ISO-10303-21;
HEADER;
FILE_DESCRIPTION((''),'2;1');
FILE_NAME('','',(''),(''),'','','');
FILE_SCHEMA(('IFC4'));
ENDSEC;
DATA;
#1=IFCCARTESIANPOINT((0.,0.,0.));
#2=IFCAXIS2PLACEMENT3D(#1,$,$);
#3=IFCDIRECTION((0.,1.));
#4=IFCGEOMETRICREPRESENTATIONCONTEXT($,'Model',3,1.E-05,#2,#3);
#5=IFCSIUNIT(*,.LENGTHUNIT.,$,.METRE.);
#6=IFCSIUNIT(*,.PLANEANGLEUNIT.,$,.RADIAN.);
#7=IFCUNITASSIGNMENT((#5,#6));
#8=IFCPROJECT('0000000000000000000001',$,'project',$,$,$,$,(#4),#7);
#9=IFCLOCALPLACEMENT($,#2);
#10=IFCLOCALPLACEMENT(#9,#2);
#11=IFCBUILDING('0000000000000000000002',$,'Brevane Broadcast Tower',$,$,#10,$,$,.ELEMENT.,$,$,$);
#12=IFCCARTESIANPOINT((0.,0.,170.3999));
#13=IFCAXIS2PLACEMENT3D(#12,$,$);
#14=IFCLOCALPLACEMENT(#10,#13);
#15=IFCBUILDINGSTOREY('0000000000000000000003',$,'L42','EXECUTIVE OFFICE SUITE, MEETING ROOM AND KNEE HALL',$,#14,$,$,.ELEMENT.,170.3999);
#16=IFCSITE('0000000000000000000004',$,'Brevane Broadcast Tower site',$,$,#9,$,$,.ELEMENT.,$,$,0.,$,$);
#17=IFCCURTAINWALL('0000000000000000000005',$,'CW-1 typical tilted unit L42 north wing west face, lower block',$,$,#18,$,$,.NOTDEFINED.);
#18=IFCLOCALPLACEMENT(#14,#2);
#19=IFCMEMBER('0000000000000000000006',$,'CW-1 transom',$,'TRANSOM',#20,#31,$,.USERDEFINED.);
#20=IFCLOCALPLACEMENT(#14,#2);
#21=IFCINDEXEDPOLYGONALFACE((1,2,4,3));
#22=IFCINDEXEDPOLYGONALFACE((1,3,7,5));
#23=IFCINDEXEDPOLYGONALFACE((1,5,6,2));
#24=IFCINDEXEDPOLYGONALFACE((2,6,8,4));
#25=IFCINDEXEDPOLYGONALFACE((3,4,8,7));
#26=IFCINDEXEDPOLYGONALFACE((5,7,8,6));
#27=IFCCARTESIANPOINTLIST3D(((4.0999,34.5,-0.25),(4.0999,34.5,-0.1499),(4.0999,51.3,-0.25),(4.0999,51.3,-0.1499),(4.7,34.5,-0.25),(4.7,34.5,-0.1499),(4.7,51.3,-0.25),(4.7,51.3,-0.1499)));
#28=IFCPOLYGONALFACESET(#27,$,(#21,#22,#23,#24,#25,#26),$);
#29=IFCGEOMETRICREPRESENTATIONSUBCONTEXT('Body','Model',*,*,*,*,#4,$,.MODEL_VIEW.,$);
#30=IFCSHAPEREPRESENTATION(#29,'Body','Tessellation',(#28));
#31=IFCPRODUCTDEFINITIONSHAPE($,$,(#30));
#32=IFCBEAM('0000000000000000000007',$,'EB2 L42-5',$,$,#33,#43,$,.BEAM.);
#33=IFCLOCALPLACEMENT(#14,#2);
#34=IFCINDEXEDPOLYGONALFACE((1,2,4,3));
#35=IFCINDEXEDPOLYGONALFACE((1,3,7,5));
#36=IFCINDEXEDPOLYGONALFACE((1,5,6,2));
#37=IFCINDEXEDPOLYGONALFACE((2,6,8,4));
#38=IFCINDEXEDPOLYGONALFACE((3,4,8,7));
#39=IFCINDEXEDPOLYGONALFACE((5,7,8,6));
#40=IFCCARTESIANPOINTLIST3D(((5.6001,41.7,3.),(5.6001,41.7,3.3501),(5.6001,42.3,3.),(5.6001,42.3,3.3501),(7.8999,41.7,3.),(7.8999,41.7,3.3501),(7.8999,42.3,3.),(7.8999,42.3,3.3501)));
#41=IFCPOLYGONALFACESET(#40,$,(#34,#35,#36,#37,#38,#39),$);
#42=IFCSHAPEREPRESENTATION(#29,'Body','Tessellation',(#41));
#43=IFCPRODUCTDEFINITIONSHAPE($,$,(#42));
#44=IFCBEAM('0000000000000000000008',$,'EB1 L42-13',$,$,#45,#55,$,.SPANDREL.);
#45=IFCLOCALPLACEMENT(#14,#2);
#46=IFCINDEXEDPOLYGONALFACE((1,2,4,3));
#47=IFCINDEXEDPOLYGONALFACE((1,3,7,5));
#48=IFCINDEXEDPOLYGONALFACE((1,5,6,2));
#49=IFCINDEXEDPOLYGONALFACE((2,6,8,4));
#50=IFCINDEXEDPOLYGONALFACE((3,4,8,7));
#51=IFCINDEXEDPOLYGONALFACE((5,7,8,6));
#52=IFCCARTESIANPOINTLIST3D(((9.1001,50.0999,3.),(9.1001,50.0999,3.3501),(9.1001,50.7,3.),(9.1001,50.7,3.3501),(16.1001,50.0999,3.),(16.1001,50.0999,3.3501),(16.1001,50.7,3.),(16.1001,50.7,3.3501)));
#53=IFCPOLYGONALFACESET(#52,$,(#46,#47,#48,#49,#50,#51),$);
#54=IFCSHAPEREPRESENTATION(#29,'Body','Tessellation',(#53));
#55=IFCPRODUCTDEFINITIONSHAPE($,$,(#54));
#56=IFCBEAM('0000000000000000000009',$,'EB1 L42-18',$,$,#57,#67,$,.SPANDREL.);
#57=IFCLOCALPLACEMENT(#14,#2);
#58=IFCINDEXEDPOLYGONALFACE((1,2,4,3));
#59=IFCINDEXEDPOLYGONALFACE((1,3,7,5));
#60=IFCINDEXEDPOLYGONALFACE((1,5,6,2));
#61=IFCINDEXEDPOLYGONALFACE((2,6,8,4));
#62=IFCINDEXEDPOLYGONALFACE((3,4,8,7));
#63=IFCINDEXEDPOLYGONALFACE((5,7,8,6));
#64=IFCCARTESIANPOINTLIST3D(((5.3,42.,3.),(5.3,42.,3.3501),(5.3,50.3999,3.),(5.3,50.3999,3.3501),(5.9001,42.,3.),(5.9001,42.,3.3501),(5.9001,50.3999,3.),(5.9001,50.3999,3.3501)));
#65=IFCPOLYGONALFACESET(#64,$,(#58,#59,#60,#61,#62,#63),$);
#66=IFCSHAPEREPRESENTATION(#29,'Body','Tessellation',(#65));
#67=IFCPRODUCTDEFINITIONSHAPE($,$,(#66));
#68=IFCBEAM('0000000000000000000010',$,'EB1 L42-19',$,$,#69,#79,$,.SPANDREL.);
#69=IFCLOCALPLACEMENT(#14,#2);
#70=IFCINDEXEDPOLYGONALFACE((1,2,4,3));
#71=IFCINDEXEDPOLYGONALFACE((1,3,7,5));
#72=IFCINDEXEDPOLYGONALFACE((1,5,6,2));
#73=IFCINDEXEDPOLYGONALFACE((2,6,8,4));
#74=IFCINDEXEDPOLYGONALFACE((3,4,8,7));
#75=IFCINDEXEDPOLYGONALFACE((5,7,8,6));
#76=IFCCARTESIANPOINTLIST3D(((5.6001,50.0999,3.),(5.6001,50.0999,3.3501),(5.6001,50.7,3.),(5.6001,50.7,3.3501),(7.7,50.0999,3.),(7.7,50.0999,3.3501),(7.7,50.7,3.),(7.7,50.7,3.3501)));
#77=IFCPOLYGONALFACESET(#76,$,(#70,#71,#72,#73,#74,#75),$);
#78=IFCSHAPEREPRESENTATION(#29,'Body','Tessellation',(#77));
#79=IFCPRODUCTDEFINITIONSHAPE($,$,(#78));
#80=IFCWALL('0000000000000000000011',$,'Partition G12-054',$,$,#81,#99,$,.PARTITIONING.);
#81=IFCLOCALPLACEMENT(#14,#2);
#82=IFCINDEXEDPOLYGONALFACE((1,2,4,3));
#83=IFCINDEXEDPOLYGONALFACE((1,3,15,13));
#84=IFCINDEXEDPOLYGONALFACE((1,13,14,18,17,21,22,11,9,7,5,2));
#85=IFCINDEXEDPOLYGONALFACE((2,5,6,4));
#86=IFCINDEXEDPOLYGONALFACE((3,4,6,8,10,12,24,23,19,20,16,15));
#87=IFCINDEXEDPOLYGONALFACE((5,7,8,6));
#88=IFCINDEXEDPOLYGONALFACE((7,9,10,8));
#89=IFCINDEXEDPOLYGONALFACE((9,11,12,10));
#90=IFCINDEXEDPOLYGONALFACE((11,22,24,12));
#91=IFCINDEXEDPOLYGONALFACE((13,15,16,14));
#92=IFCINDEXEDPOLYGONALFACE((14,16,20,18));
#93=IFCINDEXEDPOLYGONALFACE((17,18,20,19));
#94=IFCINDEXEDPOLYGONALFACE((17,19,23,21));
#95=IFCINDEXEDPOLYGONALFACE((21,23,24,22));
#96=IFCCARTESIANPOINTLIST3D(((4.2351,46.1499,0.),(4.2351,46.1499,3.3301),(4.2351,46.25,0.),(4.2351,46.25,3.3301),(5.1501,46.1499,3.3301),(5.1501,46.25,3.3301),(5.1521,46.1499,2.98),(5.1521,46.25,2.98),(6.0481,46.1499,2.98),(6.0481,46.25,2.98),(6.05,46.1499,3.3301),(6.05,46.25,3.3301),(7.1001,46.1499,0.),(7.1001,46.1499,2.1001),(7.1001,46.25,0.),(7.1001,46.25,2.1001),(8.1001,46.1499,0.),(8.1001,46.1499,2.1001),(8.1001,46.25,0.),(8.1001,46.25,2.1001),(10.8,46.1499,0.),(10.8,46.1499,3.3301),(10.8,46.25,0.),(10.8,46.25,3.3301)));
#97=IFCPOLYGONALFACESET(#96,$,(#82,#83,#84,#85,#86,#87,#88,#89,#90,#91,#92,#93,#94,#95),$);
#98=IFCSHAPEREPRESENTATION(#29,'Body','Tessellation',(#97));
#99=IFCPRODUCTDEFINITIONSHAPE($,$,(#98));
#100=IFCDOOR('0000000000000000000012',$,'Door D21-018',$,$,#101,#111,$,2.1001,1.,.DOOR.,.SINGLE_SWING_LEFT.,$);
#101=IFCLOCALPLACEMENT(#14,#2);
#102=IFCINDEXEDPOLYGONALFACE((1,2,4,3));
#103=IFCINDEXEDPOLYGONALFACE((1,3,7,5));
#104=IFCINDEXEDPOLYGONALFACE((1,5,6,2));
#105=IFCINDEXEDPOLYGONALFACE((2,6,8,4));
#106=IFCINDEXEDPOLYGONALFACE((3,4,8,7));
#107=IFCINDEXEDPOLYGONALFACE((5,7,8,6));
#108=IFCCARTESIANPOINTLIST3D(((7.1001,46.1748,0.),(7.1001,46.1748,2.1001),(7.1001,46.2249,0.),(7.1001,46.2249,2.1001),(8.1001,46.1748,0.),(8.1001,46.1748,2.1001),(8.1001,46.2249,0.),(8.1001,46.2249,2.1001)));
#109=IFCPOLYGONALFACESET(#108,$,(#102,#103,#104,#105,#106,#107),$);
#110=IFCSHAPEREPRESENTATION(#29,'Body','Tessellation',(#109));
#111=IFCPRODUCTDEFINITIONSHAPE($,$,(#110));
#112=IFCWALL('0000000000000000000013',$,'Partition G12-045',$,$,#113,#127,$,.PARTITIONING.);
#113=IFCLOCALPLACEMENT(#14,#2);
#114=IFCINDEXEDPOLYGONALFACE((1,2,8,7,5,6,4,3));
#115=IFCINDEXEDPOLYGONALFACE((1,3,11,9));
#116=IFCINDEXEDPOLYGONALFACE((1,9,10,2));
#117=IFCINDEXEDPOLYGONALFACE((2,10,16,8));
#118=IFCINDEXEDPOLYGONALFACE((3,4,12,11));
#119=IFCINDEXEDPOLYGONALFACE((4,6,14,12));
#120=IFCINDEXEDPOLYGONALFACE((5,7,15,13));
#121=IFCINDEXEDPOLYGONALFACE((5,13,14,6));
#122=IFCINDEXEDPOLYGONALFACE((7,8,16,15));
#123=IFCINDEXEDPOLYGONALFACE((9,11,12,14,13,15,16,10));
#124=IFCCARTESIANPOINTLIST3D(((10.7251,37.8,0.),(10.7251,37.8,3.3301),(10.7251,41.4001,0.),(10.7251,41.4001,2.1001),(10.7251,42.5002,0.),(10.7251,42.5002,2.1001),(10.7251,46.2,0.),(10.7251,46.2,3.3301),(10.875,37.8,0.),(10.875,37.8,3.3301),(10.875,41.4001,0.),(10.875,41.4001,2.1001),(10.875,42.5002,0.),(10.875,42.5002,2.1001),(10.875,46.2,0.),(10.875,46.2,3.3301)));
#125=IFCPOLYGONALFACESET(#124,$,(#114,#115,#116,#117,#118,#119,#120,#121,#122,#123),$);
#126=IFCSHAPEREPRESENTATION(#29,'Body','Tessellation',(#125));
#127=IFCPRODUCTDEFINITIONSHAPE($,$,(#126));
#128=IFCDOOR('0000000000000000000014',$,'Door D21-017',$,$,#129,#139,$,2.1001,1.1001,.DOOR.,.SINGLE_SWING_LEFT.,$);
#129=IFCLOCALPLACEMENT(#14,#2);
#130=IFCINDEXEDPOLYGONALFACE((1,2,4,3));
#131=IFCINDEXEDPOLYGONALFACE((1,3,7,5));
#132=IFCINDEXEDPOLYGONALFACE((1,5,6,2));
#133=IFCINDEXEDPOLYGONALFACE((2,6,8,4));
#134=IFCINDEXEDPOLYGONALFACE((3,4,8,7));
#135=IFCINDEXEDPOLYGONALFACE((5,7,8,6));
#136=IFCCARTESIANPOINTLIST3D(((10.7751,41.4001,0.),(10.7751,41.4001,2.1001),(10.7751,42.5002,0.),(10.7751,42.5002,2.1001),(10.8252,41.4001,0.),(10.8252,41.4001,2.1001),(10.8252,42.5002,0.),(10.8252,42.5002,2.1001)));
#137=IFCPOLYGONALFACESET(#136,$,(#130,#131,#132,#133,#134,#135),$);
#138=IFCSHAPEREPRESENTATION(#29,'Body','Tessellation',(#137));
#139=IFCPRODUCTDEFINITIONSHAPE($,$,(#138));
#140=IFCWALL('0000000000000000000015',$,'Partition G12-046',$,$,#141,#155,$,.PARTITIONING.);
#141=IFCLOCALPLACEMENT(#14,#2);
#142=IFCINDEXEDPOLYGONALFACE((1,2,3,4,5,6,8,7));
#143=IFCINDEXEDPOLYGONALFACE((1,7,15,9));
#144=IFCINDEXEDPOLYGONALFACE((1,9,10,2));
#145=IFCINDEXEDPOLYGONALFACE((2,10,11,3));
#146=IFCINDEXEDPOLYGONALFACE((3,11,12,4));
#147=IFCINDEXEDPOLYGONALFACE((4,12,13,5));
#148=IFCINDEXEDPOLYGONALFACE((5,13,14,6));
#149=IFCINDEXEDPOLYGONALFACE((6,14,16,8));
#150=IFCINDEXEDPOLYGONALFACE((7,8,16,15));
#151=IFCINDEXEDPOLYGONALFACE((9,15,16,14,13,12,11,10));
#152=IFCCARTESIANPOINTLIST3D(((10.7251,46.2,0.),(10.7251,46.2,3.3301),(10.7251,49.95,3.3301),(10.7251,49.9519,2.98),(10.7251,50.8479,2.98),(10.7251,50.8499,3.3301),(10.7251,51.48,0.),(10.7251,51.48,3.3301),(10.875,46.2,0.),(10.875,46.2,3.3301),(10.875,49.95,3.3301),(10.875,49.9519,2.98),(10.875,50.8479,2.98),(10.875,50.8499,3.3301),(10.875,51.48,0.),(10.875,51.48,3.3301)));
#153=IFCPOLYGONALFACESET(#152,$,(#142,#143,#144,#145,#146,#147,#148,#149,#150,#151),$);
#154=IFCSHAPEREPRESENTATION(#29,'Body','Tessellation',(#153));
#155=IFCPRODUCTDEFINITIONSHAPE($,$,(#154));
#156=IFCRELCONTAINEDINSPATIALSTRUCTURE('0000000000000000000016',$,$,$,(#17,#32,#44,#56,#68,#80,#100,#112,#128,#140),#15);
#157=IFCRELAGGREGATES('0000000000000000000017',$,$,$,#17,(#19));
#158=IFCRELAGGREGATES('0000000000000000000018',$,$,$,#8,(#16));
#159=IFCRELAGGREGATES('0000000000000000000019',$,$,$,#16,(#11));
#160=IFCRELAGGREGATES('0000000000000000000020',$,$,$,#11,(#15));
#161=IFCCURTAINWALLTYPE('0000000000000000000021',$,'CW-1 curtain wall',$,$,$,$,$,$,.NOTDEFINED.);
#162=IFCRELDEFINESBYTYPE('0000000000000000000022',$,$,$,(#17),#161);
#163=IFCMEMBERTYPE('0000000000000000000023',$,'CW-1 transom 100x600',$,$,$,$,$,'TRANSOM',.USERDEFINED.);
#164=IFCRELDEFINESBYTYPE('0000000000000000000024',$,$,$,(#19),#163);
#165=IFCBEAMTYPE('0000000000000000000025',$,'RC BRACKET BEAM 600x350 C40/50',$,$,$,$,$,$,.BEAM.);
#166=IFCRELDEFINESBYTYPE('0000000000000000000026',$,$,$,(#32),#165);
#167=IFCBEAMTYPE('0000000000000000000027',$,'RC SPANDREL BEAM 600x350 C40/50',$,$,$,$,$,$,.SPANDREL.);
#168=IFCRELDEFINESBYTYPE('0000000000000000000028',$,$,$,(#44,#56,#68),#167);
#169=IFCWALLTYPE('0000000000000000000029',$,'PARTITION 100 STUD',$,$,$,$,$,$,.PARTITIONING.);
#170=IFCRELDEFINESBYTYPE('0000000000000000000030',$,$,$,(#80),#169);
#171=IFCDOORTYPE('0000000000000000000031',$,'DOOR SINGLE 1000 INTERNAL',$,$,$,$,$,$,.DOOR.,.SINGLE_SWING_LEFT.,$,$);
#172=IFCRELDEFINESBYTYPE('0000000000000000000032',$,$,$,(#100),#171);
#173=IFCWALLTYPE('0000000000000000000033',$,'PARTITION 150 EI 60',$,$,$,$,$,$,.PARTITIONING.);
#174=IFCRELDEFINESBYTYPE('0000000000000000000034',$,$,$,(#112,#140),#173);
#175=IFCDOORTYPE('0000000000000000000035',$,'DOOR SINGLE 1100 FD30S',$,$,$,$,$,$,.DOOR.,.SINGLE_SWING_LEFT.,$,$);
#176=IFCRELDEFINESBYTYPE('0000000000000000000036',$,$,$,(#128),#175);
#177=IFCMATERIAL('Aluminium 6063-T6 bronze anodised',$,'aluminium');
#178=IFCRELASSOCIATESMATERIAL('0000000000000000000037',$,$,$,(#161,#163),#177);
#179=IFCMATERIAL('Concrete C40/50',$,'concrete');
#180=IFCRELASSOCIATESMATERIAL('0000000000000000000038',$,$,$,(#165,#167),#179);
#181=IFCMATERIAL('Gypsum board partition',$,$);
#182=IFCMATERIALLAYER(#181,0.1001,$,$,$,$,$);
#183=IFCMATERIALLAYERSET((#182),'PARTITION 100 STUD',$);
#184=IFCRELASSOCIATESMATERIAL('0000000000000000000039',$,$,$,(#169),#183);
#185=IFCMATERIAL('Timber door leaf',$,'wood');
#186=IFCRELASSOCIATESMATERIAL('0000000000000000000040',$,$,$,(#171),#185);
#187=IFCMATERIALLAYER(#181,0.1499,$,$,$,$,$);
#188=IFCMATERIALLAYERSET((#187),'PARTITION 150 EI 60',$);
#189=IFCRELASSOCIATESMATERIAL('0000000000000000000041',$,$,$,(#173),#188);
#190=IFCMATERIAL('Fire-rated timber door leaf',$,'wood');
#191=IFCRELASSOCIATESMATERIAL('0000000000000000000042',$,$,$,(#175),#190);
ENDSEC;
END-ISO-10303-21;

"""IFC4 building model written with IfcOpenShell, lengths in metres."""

from ifc_helpers import new_model, si_unit, direction, frame, frame_2d, origin, origin_2d, place, context, subcontext, project, spatial, polyline, rectangle, outline, extrude, material, layer, layer_set, material_profile, profile_set, type_object, element, fill, aggregate, save


model = new_model("IFC4")

# Units and contexts
model_context = context("Model", 3, precision=1e-05, world=origin(), true_north=direction((0.0, 1.0)))
body_context = subcontext(model_context, "Body", "Model", "MODEL_VIEW")
ifc_project = project(units=[si_unit("LENGTHUNIT", "METRE"), si_unit("PLANEANGLEUNIT", "RADIAN")], contexts=[model_context])

# Site, building, storey
site_placement = place(None, origin())
site = spatial("IfcSite", under=ifc_project, at=site_placement, Name="Brevane Broadcast Tower site", CompositionType="ELEMENT", RefElevation=0.0)
building_placement = place(site_placement, origin())
building = spatial("IfcBuilding", under=site, at=building_placement, Name="Brevane Broadcast Tower", CompositionType="ELEMENT")
storey_placement = place(building_placement, frame((0.0, 0.0, 170.3999)))
storey = spatial("IfcBuildingStorey", under=building, at=storey_placement, Name="L42", Description="EXECUTIVE OFFICE SUITE, MEETING ROOM AND KNEE HALL", CompositionType="ELEMENT", Elevation=170.3999)

# Curtain wall
ifc_material_1 = material(Name="Aluminium 6063-T6 bronze anodised", Category="aluminium")
curtain_wall_type = type_object("IfcCurtainWallType", Name="CW-1 curtain wall", PredefinedType="NOTDEFINED", material=ifc_material_1)
curtain_wall_1_placement = place(storey_placement, origin())
curtain_wall_1 = element("IfcCurtainWall", 1, at=curtain_wall_1_placement, inside=storey, type_object=curtain_wall_type, Name="CW-1 typical tilted unit L42 north wing west face, lower block", PredefinedType="NOTDEFINED")

# Member
ifc_material_profile_1 = material_profile(ifc_material_1, rectangle(XDim=0.6001, YDim=0.1001, at=origin_2d()), Name="RECT 100x600")
ifc_profile_set_1 = profile_set([ifc_material_profile_1], Name="Aluminium 6063-T6 bronze anodised")
member_type_1 = type_object("IfcMemberType", Name="CW-1 transom 100x600", ElementType="TRANSOM", PredefinedType="USERDEFINED", material=ifc_profile_set_1)
member_1_placement = place(storey_placement, frame((4.3999, 51.3, -0.2), z_axis=(0.0, -1.0, 0.0), x_axis=(1.0, 0.0, 0.0)))
member_1 = element("IfcMember", 2, at=member_1_placement, type_object=member_type_1, Name="CW-1 transom", ObjectType="TRANSOM", PredefinedType="USERDEFINED", context=body_context, shape_type="SweptSolid", body=[
    extrude(rectangle(XDim=0.6001, YDim=0.1001, at=origin_2d()), origin(), (0.0, 0.0, 1.0), 16.8),
])
aggregate(curtain_wall_1, [member_1])

# Beams
ifc_material_2 = material(Name="Concrete C40/50", Category="concrete")
ifc_material_profile_2 = material_profile(ifc_material_2, rectangle(XDim=0.6001, YDim=0.3501, at=origin_2d()), Name="RC 600x350")
ifc_profile_set_2 = profile_set([ifc_material_profile_2], Name="Concrete C40/50")
beam_type_1 = type_object("IfcBeamType", Name="RC BRACKET BEAM 600x350 C40/50", PredefinedType="BEAM", material=ifc_profile_set_2)
beam_1_placement = place(storey_placement, frame((7.8999, 42.0, 3.175), z_axis=(-1.0, 0.0, 0.0), x_axis=(0.0, -1.0, 0.0)))
element("IfcBeam", 3, at=beam_1_placement, inside=storey, type_object=beam_type_1, Name="EB2 L42-5", PredefinedType="BEAM", context=body_context, shape_type="SweptSolid", body=[
    extrude(rectangle(XDim=0.6001, YDim=0.3501, at=origin_2d()), origin(), (0.0, 0.0, 1.0), 2.2998),
])
ifc_material_profile_3 = material_profile(ifc_material_2, rectangle(XDim=0.6001, YDim=0.3501, at=origin_2d()), Name="RC 600x350")
ifc_profile_set_3 = profile_set([ifc_material_profile_3], Name="Concrete C40/50")
beam_type_2 = type_object("IfcBeamType", Name="RC SPANDREL BEAM 600x350 C40/50", PredefinedType="SPANDREL", material=ifc_profile_set_3)
beam_2_placement = place(storey_placement, frame((16.1001, 50.3999, 3.175), z_axis=(-1.0, 0.0, 0.0), x_axis=(0.0, -1.0, 0.0)))
element("IfcBeam", 4, at=beam_2_placement, inside=storey, type_object=beam_type_2, Name="EB1 L42-13", PredefinedType="SPANDREL", context=body_context, shape_type="SweptSolid", body=[
    extrude(rectangle(XDim=0.6001, YDim=0.3501, at=origin_2d()), origin(), (0.0, 0.0, 1.0), 7.0),
])
beam_3_placement = place(storey_placement, frame((5.6001, 42.0, 3.175), z_axis=(0.0, 1.0, 0.0), x_axis=(-1.0, 0.0, 0.0)))
element("IfcBeam", 5, at=beam_3_placement, inside=storey, type_object=beam_type_2, Name="EB1 L42-18", PredefinedType="SPANDREL", context=body_context, shape_type="SweptSolid", body=[
    extrude(rectangle(XDim=0.6001, YDim=0.3501, at=origin_2d()), origin(), (0.0, 0.0, 1.0), 8.3999),
])
beam_4_placement = place(storey_placement, frame((5.6001, 50.3999, 3.175), z_axis=(1.0, 0.0, 0.0), x_axis=(0.0, 1.0, 0.0)))
element("IfcBeam", 6, at=beam_4_placement, inside=storey, type_object=beam_type_2, Name="EB1 L42-19", PredefinedType="SPANDREL", context=body_context, shape_type="SweptSolid", body=[
    extrude(rectangle(XDim=0.6001, YDim=0.3501, at=origin_2d()), origin(), (0.0, 0.0, 1.0), 2.0999),
])

# Walls, openings, doors
ifc_material_3 = material(Name="Gypsum board partition")
ifc_layer_1 = layer(ifc_material_3, 0.1001)
ifc_layer_set_1 = layer_set([ifc_layer_1], Name="PARTITION 100 STUD")
wall_type_1 = type_object("IfcWallType", Name="PARTITION 100 STUD", PredefinedType="PARTITIONING", material=ifc_layer_set_1)
wall_1_placement = place(storey_placement, frame((4.2351, 46.2, 0.0), z_axis=(0.0, 0.0, 1.0), x_axis=(1.0, 0.0, 0.0)))
wall_1 = element("IfcWall", 7, at=wall_1_placement, inside=storey, type_object=wall_type_1, Name="Partition G12-054", PredefinedType="PARTITIONING", context=body_context, shape_type="SweptSolid", body=[
    extrude(outline(polyline([(0.0, 0.0), (6.5649, 0.0), (6.5649, 3.3301), (1.8149, 3.3301), (1.813, 2.98), (0.917, 2.98), (0.915, 3.3301), (0.2649, 3.3301), (0.0, 3.3301), (0.0, 0.0)])), frame((0.0, 0.05, 0.0), z_axis=(0.0, -1.0, 0.0), x_axis=(1.0, 0.0, 0.0)), (0.0, 0.0, 1.0), 0.1001),
])
opening_1_placement = place(wall_1_placement, frame((2.865, 0.0, 0.0)))
opening_1 = element("IfcOpeningElement", 8, at=opening_1_placement, cuts=wall_1, PredefinedType="OPENING", context=body_context, shape_type="SweptSolid", body=[
    extrude(rectangle(XDim=1.0, YDim=2.1001, at=frame_2d((0.5, 1.05))), frame((0.0, 0.0601, 0.0), z_axis=(0.0, -1.0, 0.0), x_axis=(1.0, 0.0, 0.0)), (0.0, 0.0, 1.0), 0.1201),
])
ifc_material_4 = material(Name="Timber door leaf", Category="wood")
door_type_1 = type_object("IfcDoorType", Name="DOOR SINGLE 1000 INTERNAL", OperationType="SINGLE_SWING_LEFT", PredefinedType="DOOR", material=ifc_material_4)
door_1_placement = place(opening_1_placement, origin())
door_1 = element("IfcDoor", 9, at=door_1_placement, inside=storey, type_object=door_type_1, Name="Door D21-018", OperationType="SINGLE_SWING_LEFT", OverallHeight=2.1001, OverallWidth=1.0, PredefinedType="DOOR", context=body_context, shape_type="SweptSolid", body=[
    extrude(rectangle(XDim=1.0, YDim=2.1001, at=frame_2d((0.5, 1.05))), frame((0.0, 0.0249, 0.0), z_axis=(0.0, -1.0, 0.0), x_axis=(1.0, 0.0, 0.0)), (0.0, 0.0, 1.0), 0.05),
])
fill(opening_1, door_1)
ifc_layer_2 = layer(ifc_material_3, 0.1499)
ifc_layer_set_2 = layer_set([ifc_layer_2], Name="PARTITION 150 EI 60")
wall_type_2 = type_object("IfcWallType", Name="PARTITION 150 EI 60", PredefinedType="PARTITIONING", material=ifc_layer_set_2)
wall_2_placement = place(storey_placement, frame((10.8, 37.8, 0.0), z_axis=(0.0, 0.0, 1.0), x_axis=(0.0, 1.0, 0.0)))
wall_2 = element("IfcWall", 10, at=wall_2_placement, inside=storey, type_object=wall_type_2, Name="Partition G12-045", PredefinedType="PARTITIONING", context=body_context, shape_type="SweptSolid", body=[
    extrude(rectangle(XDim=8.3999, YDim=0.1499, at=frame_2d((4.2, 0.0))), origin(), (0.0, 0.0, 1.0), 3.3301),
])
opening_2_placement = place(wall_2_placement, frame((3.6001, 0.0, 0.0)))
opening_2 = element("IfcOpeningElement", 11, at=opening_2_placement, cuts=wall_2, PredefinedType="OPENING", context=body_context, shape_type="SweptSolid", body=[
    extrude(rectangle(XDim=1.1001, YDim=2.1001, at=frame_2d((0.55, 1.05))), frame((0.0, 0.085, 0.0), z_axis=(0.0, -1.0, 0.0), x_axis=(1.0, 0.0, 0.0)), (0.0, 0.0, 1.0), 0.1699),
])
ifc_material_5 = material(Name="Fire-rated timber door leaf", Category="wood")
door_type_2 = type_object("IfcDoorType", Name="DOOR SINGLE 1100 FD30S", OperationType="SINGLE_SWING_LEFT", PredefinedType="DOOR", material=ifc_material_5)
door_2_placement = place(opening_2_placement, origin())
door_2 = element("IfcDoor", 12, at=door_2_placement, inside=storey, type_object=door_type_2, Name="Door D21-017", OperationType="SINGLE_SWING_LEFT", OverallHeight=2.1001, OverallWidth=1.1001, PredefinedType="DOOR", context=body_context, shape_type="SweptSolid", body=[
    extrude(rectangle(XDim=1.1001, YDim=2.1001, at=frame_2d((0.55, 1.05))), frame((0.0, 0.0249, 0.0), z_axis=(0.0, -1.0, 0.0), x_axis=(1.0, 0.0, 0.0)), (0.0, 0.0, 1.0), 0.05),
])
fill(opening_2, door_2)

# Wall
wall_3_placement = place(storey_placement, frame((10.8, 46.2, 0.0), z_axis=(0.0, 0.0, 1.0), x_axis=(0.0, 1.0, 0.0)))
element("IfcWall", 13, at=wall_3_placement, inside=storey, type_object=wall_type_2, Name="Partition G12-046", PredefinedType="PARTITIONING", context=body_context, shape_type="SweptSolid", body=[
    extrude(outline(polyline([(0.0, 0.0), (5.28, 0.0), (5.28, 3.3301), (4.6499, 3.3301), (4.6479, 2.98), (3.752, 2.98), (3.75, 3.3301), (0.0, 3.3301), (0.0, 0.0)])), frame((0.0, 0.075, 0.0), z_axis=(0.0, -1.0, 0.0), x_axis=(1.0, 0.0, 0.0)), (0.0, 0.0, 1.0), 0.1499),
])

save(model, "model.ifc")
